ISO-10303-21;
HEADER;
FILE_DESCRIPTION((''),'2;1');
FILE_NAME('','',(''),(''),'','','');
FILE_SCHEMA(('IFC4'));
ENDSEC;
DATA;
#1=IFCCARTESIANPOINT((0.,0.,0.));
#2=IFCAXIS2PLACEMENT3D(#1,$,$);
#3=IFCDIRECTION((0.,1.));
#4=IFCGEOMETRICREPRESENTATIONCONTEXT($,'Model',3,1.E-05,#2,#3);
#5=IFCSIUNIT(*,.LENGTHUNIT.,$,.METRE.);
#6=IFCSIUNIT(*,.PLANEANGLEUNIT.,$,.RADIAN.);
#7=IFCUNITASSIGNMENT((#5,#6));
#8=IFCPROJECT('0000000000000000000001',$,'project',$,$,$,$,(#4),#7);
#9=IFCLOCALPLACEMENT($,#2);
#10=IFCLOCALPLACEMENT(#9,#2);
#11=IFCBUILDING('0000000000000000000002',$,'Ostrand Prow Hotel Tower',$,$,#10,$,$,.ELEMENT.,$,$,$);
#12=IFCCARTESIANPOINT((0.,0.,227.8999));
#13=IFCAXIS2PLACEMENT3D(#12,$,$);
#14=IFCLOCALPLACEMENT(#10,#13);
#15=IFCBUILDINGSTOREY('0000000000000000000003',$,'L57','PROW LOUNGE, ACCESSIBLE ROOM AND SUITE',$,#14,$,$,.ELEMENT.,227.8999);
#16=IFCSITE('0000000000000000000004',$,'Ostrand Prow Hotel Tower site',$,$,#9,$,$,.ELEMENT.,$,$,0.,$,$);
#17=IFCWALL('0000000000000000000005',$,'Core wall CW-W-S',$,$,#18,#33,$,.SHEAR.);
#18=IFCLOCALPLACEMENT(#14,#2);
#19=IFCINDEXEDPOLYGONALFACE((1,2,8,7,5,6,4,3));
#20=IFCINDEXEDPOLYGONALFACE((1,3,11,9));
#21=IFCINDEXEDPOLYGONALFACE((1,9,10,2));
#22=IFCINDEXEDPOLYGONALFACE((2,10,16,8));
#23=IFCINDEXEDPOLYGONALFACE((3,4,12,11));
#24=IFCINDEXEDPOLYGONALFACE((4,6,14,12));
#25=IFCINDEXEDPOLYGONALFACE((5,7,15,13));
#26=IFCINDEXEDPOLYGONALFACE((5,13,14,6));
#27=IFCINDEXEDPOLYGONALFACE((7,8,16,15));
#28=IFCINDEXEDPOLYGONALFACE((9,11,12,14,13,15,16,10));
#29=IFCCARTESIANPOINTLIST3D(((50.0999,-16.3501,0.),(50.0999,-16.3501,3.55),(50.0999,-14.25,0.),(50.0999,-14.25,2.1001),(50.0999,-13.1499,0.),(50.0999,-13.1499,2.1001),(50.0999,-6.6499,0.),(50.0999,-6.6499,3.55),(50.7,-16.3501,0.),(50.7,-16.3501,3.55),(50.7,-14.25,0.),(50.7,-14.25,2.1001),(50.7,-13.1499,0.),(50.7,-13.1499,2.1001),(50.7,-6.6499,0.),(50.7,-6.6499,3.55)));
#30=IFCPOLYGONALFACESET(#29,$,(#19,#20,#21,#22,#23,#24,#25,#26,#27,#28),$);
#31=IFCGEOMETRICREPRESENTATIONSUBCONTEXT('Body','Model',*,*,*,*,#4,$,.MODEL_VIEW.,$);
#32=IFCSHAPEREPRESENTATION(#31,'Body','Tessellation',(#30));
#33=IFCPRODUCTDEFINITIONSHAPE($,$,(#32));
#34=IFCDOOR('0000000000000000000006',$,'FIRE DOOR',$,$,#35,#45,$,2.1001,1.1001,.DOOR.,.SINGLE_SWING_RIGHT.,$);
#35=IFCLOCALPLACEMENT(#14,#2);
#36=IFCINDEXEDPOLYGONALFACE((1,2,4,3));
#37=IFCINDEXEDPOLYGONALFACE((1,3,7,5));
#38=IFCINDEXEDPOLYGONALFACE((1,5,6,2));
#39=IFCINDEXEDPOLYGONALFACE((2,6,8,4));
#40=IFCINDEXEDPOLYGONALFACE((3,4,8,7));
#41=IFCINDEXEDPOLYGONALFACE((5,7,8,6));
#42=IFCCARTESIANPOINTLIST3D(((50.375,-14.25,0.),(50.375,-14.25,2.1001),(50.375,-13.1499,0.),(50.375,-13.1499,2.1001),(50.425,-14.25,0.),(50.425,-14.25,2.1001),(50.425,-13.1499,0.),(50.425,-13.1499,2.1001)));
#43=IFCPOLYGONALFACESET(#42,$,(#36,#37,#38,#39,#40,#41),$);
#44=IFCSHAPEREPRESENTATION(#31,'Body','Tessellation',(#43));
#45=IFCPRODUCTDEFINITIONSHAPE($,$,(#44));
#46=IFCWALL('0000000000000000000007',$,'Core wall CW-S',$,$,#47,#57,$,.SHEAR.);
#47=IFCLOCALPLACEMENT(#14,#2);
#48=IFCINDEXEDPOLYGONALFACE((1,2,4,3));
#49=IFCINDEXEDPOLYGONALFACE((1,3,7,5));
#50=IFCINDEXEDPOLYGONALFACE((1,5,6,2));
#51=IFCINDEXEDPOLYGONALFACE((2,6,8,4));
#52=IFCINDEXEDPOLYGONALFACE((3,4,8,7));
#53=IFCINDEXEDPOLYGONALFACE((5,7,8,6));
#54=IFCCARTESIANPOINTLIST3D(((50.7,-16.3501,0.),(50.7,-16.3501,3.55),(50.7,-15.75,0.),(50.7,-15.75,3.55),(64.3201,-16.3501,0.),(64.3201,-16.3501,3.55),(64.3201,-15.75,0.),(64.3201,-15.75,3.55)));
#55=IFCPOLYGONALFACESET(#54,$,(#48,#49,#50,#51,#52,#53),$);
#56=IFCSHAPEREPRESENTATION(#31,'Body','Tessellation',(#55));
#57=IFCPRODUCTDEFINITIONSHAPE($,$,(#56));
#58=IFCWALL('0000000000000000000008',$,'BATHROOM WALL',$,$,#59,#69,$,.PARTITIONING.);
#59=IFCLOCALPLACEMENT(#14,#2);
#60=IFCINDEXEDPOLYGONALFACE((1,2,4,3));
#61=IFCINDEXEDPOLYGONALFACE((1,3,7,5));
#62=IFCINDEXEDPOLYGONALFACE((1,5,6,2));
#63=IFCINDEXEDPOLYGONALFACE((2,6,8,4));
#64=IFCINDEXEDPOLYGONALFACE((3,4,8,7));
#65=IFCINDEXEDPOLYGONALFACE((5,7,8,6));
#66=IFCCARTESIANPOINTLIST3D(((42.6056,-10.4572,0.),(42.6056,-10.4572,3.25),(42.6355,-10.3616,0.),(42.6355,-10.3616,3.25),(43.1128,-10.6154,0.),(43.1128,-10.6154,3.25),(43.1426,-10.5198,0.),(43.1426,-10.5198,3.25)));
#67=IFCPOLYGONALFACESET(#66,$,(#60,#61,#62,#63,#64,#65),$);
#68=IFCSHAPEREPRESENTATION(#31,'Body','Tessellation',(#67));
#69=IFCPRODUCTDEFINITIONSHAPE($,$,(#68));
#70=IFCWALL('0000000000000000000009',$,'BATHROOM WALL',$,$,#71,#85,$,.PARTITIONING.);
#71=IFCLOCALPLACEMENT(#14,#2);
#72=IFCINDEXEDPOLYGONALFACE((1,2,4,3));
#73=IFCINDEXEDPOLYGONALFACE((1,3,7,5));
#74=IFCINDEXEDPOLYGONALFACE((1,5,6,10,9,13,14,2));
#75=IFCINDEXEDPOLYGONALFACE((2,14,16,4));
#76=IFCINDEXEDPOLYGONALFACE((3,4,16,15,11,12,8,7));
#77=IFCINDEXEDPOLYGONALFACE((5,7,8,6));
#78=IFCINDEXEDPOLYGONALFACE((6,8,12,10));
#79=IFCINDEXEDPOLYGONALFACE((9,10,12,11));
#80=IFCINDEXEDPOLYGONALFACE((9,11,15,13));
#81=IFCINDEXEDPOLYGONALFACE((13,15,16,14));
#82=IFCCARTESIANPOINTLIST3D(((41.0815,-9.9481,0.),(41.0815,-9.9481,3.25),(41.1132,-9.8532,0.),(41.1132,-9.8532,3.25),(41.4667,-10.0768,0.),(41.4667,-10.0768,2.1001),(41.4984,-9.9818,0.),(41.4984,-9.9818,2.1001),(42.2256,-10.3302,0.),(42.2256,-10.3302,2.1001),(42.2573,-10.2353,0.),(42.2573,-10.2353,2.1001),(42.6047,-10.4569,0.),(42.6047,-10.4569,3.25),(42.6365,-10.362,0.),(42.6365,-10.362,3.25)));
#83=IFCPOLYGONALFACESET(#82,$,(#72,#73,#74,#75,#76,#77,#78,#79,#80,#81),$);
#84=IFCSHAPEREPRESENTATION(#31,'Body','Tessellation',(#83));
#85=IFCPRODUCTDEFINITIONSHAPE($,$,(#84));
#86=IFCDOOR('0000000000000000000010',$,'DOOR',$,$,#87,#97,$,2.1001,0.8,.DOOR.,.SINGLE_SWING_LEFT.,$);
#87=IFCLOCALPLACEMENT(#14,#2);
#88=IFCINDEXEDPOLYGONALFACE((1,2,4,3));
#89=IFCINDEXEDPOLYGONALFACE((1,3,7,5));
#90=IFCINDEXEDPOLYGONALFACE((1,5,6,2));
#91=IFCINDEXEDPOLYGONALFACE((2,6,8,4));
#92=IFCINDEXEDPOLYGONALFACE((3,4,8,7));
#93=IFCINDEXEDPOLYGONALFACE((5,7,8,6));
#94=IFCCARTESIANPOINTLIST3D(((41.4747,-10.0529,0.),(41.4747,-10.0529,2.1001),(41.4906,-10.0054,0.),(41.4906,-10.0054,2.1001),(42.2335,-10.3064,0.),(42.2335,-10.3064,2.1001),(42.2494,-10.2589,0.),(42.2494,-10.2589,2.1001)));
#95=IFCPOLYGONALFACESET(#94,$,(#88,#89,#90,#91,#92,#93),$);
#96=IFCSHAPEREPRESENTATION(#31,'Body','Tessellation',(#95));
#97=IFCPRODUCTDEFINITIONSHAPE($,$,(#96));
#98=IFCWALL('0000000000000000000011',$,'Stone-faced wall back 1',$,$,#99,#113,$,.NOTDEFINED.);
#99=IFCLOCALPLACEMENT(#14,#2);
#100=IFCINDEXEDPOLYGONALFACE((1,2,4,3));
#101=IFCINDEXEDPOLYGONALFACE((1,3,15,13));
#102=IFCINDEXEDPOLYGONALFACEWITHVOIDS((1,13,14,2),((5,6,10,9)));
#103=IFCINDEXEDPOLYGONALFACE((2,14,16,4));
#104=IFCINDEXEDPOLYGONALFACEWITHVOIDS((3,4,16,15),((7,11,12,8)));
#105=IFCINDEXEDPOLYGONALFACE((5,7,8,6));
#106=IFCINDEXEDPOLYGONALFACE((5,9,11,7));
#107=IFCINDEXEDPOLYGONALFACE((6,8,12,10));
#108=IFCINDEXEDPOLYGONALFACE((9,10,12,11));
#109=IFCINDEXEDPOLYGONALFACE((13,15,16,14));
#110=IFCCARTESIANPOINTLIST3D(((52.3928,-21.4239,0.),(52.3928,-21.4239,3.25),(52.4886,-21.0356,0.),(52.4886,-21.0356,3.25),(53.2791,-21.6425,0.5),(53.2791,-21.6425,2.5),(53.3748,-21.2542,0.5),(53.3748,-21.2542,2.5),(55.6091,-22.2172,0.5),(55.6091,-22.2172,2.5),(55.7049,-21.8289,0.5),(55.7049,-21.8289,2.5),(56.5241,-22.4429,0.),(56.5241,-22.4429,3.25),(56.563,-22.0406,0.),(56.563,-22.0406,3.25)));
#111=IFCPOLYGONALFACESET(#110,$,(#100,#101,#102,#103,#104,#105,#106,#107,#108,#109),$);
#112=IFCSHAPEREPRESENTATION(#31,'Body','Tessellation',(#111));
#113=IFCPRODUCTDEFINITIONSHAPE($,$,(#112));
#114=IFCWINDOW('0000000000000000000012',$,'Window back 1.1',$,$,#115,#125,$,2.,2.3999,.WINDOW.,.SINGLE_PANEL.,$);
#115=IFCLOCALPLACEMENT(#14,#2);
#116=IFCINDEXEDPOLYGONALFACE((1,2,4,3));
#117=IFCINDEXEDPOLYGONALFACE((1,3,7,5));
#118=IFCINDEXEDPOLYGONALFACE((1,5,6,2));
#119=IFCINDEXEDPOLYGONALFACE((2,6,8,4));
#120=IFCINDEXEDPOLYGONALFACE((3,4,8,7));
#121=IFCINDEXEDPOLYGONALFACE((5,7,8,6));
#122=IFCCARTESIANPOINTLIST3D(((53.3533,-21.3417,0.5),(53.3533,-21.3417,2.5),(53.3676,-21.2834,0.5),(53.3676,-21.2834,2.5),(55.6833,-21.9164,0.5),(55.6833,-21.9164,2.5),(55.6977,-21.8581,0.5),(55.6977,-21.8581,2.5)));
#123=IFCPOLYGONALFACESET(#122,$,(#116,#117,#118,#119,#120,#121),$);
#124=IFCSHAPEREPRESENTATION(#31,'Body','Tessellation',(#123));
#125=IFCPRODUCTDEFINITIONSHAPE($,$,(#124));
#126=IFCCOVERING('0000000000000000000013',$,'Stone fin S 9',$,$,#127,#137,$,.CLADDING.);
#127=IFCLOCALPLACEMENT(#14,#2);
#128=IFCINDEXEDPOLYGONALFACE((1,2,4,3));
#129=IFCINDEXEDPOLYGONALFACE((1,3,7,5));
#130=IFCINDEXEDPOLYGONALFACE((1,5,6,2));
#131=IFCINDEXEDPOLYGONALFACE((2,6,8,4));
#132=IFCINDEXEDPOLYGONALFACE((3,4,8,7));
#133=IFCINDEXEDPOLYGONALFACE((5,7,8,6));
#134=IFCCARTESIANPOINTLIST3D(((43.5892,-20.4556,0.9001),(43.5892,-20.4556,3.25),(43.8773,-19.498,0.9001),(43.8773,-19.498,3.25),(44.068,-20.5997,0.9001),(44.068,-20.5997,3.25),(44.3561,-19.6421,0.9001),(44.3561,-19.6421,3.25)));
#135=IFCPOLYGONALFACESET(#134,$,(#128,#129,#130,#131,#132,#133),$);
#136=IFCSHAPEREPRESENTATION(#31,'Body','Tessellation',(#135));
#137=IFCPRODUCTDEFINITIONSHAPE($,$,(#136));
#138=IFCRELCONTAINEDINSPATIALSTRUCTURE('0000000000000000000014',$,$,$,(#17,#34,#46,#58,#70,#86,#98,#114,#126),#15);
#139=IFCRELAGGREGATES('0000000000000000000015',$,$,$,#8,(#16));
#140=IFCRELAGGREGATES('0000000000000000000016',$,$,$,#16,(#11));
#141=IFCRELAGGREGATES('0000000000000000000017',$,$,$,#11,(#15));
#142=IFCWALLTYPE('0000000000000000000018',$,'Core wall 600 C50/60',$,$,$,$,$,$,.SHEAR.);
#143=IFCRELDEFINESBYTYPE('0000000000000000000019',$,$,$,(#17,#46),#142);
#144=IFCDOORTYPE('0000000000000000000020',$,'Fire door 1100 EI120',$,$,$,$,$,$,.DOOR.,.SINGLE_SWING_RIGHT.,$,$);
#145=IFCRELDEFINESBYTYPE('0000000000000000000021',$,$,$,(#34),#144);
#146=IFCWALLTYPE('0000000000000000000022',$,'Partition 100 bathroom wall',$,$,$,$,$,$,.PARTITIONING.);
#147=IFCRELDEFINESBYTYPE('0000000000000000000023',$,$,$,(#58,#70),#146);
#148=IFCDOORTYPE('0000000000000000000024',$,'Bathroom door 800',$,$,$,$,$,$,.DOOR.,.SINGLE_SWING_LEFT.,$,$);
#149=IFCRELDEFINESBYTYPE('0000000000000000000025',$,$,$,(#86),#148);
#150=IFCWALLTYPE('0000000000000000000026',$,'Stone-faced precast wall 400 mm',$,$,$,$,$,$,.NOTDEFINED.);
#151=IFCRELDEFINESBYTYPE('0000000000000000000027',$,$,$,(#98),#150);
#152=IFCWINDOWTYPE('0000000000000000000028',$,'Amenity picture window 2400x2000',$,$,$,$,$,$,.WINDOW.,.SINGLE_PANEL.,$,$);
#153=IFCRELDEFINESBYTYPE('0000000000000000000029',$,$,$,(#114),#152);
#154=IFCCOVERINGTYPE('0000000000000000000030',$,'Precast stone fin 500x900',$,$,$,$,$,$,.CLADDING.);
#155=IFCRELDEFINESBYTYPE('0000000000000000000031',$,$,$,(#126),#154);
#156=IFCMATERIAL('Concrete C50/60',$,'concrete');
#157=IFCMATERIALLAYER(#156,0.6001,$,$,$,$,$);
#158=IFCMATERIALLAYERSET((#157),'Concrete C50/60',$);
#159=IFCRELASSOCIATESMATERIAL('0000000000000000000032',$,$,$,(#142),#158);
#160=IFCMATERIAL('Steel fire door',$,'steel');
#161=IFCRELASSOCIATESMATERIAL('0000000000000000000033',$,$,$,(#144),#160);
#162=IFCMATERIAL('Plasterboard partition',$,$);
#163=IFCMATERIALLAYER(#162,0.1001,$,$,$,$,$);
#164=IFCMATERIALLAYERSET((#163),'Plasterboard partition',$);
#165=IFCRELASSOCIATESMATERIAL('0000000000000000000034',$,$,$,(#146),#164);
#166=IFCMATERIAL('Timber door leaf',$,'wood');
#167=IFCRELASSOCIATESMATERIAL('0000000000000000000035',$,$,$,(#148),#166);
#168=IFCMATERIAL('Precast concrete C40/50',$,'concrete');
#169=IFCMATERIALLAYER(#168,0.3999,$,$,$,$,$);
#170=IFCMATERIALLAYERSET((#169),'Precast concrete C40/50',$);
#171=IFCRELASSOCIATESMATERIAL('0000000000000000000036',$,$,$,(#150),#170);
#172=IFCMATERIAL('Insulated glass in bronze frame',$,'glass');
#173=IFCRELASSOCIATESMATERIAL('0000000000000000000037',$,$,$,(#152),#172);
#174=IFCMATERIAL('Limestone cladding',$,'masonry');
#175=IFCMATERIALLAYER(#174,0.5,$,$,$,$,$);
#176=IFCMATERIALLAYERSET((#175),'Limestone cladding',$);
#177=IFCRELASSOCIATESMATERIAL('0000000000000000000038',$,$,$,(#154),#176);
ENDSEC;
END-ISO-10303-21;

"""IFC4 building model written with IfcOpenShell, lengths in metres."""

from ifc_helpers import new_model, si_unit, direction, frame, frame_2d, origin, place, context, subcontext, project, spatial, polyline, rectangle, outline, extrude, material, layer, layer_set, type_object, element, fill, save


model = new_model("IFC4")

# Units and contexts
model_context = context("Model", 3, precision=1e-05, world=origin(), true_north=direction((0.0, 1.0)))
body_context = subcontext(model_context, "Body", "Model", "MODEL_VIEW")
ifc_project = project(units=[si_unit("LENGTHUNIT", "METRE"), si_unit("PLANEANGLEUNIT", "RADIAN")], contexts=[model_context])

# Site, building, storey
site_placement = place(None, origin())
site = spatial("IfcSite", under=ifc_project, at=site_placement, Name="Ostrand Prow Hotel Tower site", CompositionType="ELEMENT", RefElevation=0.0)
building_placement = place(site_placement, origin())
building = spatial("IfcBuilding", under=site, at=building_placement, Name="Ostrand Prow Hotel Tower", CompositionType="ELEMENT")
storey_placement = place(building_placement, frame((0.0, 0.0, 227.8999)))
storey = spatial("IfcBuildingStorey", under=building, at=storey_placement, Name="L57", Description="PROW LOUNGE, ACCESSIBLE ROOM AND SUITE", CompositionType="ELEMENT", Elevation=227.8999)

# Wall, opening, door
ifc_material_1 = material(Name="Concrete C50/60", Category="concrete")
ifc_layer_1 = layer(ifc_material_1, 0.6001)
ifc_layer_set_1 = layer_set([ifc_layer_1], Name="Concrete C50/60")
wall_type_1 = type_object("IfcWallType", Name="Core wall 600 C50/60", PredefinedType="SHEAR", material=ifc_layer_set_1)
wall_1_placement = place(storey_placement, frame((50.3999, -16.3501, 0.0), z_axis=(0.0, 0.0, 1.0), x_axis=(0.0, 1.0, 0.0)))
wall_1 = element("IfcWall", 1, at=wall_1_placement, inside=storey, type_object=wall_type_1, Name="Core wall CW-W-S", PredefinedType="SHEAR", context=body_context, shape_type="SweptSolid", body=[
    extrude(rectangle(XDim=9.7002, YDim=0.6001, at=frame_2d((4.8501, 0.0))), origin(), (0.0, 0.0, 1.0), 3.55),
])
opening_1_placement = place(wall_1_placement, frame((2.1001, 0.0, 0.0)))
opening_1 = element("IfcOpeningElement", 2, at=opening_1_placement, cuts=wall_1, PredefinedType="OPENING", context=body_context, shape_type="SweptSolid", body=[
    extrude(rectangle(XDim=1.1001, YDim=2.1001, at=frame_2d((0.55, 1.05))), frame((0.0, 0.3101, 0.0), z_axis=(0.0, -1.0, 0.0), x_axis=(1.0, 0.0, 0.0)), (0.0, 0.0, 1.0), 0.6201),
])
ifc_material_2 = material(Name="Steel fire door", Category="steel")
door_type_1 = type_object("IfcDoorType", Name="Fire door 1100 EI120", OperationType="SINGLE_SWING_RIGHT", PredefinedType="DOOR", material=ifc_material_2)
door_1_placement = place(opening_1_placement, origin())
door_1 = element("IfcDoor", 3, at=door_1_placement, inside=storey, type_object=door_type_1, Name="FIRE DOOR", OperationType="SINGLE_SWING_RIGHT", OverallHeight=2.1001, OverallWidth=1.1001, PredefinedType="DOOR", context=body_context, shape_type="SweptSolid", body=[
    extrude(rectangle(XDim=1.1001, YDim=2.1001, at=frame_2d((0.55, 1.05))), frame((0.0, 0.0249, 0.0), z_axis=(0.0, -1.0, 0.0), x_axis=(1.0, 0.0, 0.0)), (0.0, 0.0, 1.0), 0.05),
])
fill(opening_1, door_1)

# Walls
wall_2_placement = place(storey_placement, frame((50.7, -16.05, 0.0), z_axis=(0.0, 0.0, 1.0), x_axis=(1.0, 0.0, 0.0)))
element("IfcWall", 4, at=wall_2_placement, inside=storey, type_object=wall_type_1, Name="Core wall CW-S", PredefinedType="SHEAR", context=body_context, shape_type="SweptSolid", body=[
    extrude(rectangle(XDim=13.6201, YDim=0.6001, at=frame_2d((6.8101, 0.0))), origin(), (0.0, 0.0, 1.0), 3.55),
])
ifc_material_3 = material(Name="Plasterboard partition")
ifc_layer_2 = layer(ifc_material_3, 0.1001)
ifc_layer_set_2 = layer_set([ifc_layer_2], Name="Plasterboard partition")
wall_type_2 = type_object("IfcWallType", Name="Partition 100 bathroom wall", PredefinedType="PARTITIONING", material=ifc_layer_set_2)
wall_3_placement = place(storey_placement, frame((43.1277, -10.5676, 0.0), z_axis=(0.0, 0.0, 1.0), x_axis=(-0.954619, 0.29783, 0.0)))
element("IfcWall", 5, at=wall_3_placement, inside=storey, type_object=wall_type_2, Name="BATHROOM WALL", PredefinedType="PARTITIONING", context=body_context, shape_type="SweptSolid", body=[
    extrude(rectangle(XDim=0.5312, YDim=0.1001, at=frame_2d((0.2656, 0.0))), origin(), (0.0, 0.0, 1.0), 3.25),
])

# Wall, opening, door
wall_4_placement = place(storey_placement, frame((42.6206, -10.4094, 0.0), z_axis=(0.0, 0.0, 1.0), x_axis=(-0.948485, 0.316821, 0.0)))
wall_4 = element("IfcWall", 6, at=wall_4_placement, inside=storey, type_object=wall_type_2, Name="BATHROOM WALL", PredefinedType="PARTITIONING", context=body_context, shape_type="SweptSolid", body=[
    extrude(rectangle(XDim=1.606, YDim=0.1001, at=frame_2d((0.803, 0.0))), origin(), (0.0, 0.0, 1.0), 3.25),
])
opening_2_placement = place(wall_4_placement, frame((0.3999, 0.0, 0.0)))
opening_2 = element("IfcOpeningElement", 7, at=opening_2_placement, cuts=wall_4, PredefinedType="OPENING", context=body_context, shape_type="SweptSolid", body=[
    extrude(rectangle(XDim=0.8, YDim=2.1001, at=frame_2d((0.3999, 1.05))), frame((0.0, 0.0601, 0.0), z_axis=(0.0, -1.0, 0.0), x_axis=(1.0, 0.0, 0.0)), (0.0, 0.0, 1.0), 0.1201),
])
ifc_material_4 = material(Name="Timber door leaf", Category="wood")
door_type_2 = type_object("IfcDoorType", Name="Bathroom door 800", OperationType="SINGLE_SWING_LEFT", PredefinedType="DOOR", material=ifc_material_4)
door_2_placement = place(opening_2_placement, origin())
door_2 = element("IfcDoor", 8, at=door_2_placement, inside=storey, type_object=door_type_2, Name="DOOR", OperationType="SINGLE_SWING_LEFT", OverallHeight=2.1001, OverallWidth=0.8, PredefinedType="DOOR", context=body_context, shape_type="SweptSolid", body=[
    extrude(rectangle(XDim=0.8, YDim=2.1001, at=frame_2d((0.3999, 1.05))), frame((0.0, 0.0249, 0.0), z_axis=(0.0, -1.0, 0.0), x_axis=(1.0, 0.0, 0.0)), (0.0, 0.0, 1.0), 0.05),
])
fill(opening_2, door_2)

# Wall, opening, window
ifc_material_5 = material(Name="Precast concrete C40/50", Category="concrete")
ifc_layer_3 = layer(ifc_material_5, 0.3999)
ifc_layer_set_3 = layer_set([ifc_layer_3], Name="Precast concrete C40/50")
wall_type_3 = type_object("IfcWallType", Name="Stone-faced precast wall 400 mm", PredefinedType="NOTDEFINED", material=ifc_layer_set_3)
wall_5_placement = place(storey_placement, frame((52.4407, -21.2297, 0.0), z_axis=(0.0, 0.0, 1.0), x_axis=(0.970902, -0.239476, 0.0)))
wall_5 = element("IfcWall", 9, at=wall_5_placement, inside=storey, type_object=wall_type_3, Name="Stone-faced wall back 1", PredefinedType="NOTDEFINED", context=body_context, shape_type="SweptSolid", body=[
    extrude(outline(polyline([(0.0, -0.2), (4.2551, -0.2), (4.1965, 0.2), (0.0, 0.2), (0.0, -0.2)])), origin(), (0.0, 0.0, 1.0), 3.25),
])
opening_3_placement = place(wall_5_placement, frame((0.9128, 0.0, 0.5)))
opening_3 = element("IfcOpeningElement", 10, at=opening_3_placement, cuts=wall_5, PredefinedType="OPENING", context=body_context, shape_type="SweptSolid", body=[
    extrude(rectangle(XDim=2.3999, YDim=2.0, at=frame_2d((1.2, 1.0))), frame((0.0, 0.21, 0.0), z_axis=(0.0, -1.0, 0.0), x_axis=(1.0, 0.0, 0.0)), (0.0, 0.0, 1.0), 0.4199),
])
ifc_material_6 = material(Name="Insulated glass in bronze frame", Category="glass")
window_type = type_object("IfcWindowType", Name="Amenity picture window 2400x2000", PartitioningType="SINGLE_PANEL", PredefinedType="WINDOW", material=ifc_material_6)
window_placement = place(opening_3_placement, origin())
window = element("IfcWindow", 11, at=window_placement, inside=storey, type_object=window_type, Name="Window back 1.1", OverallHeight=2.0, OverallWidth=2.3999, PartitioningType="SINGLE_PANEL", PredefinedType="WINDOW", context=body_context, shape_type="SweptSolid", body=[
    extrude(rectangle(XDim=2.3999, YDim=2.0, at=frame_2d((1.2, 1.0))), frame((0.0, 0.1699, 0.0), z_axis=(0.0, -1.0, 0.0), x_axis=(1.0, 0.0, 0.0)), (0.0, 0.0, 1.0), 0.0601),
])
fill(opening_3, window)

# Covering
ifc_material_7 = material(Name="Limestone cladding", Category="masonry")
ifc_layer_4 = layer(ifc_material_7, 0.5)
ifc_layer_set_4 = layer_set([ifc_layer_4], Name="Limestone cladding")
covering_type = type_object("IfcCoveringType", Name="Precast stone fin 500x900", PredefinedType="CLADDING", material=ifc_layer_set_4)
covering_placement = place(storey_placement, frame((44.1167, -19.5701, 0.9001), z_axis=(0.0, 0.0, 1.0), x_axis=(-0.288109, -0.957598, 0.0)))
element("IfcCovering", 12, at=covering_placement, inside=storey, type_object=covering_type, Name="Stone fin S 9", PredefinedType="CLADDING", context=body_context, shape_type="SweptSolid", body=[
    extrude(rectangle(XDim=1.0, YDim=0.5, at=frame_2d((0.5, 0.0))), origin(), (0.0, 0.0, 1.0), 2.3499),
])

save(model, "model.ifc")
